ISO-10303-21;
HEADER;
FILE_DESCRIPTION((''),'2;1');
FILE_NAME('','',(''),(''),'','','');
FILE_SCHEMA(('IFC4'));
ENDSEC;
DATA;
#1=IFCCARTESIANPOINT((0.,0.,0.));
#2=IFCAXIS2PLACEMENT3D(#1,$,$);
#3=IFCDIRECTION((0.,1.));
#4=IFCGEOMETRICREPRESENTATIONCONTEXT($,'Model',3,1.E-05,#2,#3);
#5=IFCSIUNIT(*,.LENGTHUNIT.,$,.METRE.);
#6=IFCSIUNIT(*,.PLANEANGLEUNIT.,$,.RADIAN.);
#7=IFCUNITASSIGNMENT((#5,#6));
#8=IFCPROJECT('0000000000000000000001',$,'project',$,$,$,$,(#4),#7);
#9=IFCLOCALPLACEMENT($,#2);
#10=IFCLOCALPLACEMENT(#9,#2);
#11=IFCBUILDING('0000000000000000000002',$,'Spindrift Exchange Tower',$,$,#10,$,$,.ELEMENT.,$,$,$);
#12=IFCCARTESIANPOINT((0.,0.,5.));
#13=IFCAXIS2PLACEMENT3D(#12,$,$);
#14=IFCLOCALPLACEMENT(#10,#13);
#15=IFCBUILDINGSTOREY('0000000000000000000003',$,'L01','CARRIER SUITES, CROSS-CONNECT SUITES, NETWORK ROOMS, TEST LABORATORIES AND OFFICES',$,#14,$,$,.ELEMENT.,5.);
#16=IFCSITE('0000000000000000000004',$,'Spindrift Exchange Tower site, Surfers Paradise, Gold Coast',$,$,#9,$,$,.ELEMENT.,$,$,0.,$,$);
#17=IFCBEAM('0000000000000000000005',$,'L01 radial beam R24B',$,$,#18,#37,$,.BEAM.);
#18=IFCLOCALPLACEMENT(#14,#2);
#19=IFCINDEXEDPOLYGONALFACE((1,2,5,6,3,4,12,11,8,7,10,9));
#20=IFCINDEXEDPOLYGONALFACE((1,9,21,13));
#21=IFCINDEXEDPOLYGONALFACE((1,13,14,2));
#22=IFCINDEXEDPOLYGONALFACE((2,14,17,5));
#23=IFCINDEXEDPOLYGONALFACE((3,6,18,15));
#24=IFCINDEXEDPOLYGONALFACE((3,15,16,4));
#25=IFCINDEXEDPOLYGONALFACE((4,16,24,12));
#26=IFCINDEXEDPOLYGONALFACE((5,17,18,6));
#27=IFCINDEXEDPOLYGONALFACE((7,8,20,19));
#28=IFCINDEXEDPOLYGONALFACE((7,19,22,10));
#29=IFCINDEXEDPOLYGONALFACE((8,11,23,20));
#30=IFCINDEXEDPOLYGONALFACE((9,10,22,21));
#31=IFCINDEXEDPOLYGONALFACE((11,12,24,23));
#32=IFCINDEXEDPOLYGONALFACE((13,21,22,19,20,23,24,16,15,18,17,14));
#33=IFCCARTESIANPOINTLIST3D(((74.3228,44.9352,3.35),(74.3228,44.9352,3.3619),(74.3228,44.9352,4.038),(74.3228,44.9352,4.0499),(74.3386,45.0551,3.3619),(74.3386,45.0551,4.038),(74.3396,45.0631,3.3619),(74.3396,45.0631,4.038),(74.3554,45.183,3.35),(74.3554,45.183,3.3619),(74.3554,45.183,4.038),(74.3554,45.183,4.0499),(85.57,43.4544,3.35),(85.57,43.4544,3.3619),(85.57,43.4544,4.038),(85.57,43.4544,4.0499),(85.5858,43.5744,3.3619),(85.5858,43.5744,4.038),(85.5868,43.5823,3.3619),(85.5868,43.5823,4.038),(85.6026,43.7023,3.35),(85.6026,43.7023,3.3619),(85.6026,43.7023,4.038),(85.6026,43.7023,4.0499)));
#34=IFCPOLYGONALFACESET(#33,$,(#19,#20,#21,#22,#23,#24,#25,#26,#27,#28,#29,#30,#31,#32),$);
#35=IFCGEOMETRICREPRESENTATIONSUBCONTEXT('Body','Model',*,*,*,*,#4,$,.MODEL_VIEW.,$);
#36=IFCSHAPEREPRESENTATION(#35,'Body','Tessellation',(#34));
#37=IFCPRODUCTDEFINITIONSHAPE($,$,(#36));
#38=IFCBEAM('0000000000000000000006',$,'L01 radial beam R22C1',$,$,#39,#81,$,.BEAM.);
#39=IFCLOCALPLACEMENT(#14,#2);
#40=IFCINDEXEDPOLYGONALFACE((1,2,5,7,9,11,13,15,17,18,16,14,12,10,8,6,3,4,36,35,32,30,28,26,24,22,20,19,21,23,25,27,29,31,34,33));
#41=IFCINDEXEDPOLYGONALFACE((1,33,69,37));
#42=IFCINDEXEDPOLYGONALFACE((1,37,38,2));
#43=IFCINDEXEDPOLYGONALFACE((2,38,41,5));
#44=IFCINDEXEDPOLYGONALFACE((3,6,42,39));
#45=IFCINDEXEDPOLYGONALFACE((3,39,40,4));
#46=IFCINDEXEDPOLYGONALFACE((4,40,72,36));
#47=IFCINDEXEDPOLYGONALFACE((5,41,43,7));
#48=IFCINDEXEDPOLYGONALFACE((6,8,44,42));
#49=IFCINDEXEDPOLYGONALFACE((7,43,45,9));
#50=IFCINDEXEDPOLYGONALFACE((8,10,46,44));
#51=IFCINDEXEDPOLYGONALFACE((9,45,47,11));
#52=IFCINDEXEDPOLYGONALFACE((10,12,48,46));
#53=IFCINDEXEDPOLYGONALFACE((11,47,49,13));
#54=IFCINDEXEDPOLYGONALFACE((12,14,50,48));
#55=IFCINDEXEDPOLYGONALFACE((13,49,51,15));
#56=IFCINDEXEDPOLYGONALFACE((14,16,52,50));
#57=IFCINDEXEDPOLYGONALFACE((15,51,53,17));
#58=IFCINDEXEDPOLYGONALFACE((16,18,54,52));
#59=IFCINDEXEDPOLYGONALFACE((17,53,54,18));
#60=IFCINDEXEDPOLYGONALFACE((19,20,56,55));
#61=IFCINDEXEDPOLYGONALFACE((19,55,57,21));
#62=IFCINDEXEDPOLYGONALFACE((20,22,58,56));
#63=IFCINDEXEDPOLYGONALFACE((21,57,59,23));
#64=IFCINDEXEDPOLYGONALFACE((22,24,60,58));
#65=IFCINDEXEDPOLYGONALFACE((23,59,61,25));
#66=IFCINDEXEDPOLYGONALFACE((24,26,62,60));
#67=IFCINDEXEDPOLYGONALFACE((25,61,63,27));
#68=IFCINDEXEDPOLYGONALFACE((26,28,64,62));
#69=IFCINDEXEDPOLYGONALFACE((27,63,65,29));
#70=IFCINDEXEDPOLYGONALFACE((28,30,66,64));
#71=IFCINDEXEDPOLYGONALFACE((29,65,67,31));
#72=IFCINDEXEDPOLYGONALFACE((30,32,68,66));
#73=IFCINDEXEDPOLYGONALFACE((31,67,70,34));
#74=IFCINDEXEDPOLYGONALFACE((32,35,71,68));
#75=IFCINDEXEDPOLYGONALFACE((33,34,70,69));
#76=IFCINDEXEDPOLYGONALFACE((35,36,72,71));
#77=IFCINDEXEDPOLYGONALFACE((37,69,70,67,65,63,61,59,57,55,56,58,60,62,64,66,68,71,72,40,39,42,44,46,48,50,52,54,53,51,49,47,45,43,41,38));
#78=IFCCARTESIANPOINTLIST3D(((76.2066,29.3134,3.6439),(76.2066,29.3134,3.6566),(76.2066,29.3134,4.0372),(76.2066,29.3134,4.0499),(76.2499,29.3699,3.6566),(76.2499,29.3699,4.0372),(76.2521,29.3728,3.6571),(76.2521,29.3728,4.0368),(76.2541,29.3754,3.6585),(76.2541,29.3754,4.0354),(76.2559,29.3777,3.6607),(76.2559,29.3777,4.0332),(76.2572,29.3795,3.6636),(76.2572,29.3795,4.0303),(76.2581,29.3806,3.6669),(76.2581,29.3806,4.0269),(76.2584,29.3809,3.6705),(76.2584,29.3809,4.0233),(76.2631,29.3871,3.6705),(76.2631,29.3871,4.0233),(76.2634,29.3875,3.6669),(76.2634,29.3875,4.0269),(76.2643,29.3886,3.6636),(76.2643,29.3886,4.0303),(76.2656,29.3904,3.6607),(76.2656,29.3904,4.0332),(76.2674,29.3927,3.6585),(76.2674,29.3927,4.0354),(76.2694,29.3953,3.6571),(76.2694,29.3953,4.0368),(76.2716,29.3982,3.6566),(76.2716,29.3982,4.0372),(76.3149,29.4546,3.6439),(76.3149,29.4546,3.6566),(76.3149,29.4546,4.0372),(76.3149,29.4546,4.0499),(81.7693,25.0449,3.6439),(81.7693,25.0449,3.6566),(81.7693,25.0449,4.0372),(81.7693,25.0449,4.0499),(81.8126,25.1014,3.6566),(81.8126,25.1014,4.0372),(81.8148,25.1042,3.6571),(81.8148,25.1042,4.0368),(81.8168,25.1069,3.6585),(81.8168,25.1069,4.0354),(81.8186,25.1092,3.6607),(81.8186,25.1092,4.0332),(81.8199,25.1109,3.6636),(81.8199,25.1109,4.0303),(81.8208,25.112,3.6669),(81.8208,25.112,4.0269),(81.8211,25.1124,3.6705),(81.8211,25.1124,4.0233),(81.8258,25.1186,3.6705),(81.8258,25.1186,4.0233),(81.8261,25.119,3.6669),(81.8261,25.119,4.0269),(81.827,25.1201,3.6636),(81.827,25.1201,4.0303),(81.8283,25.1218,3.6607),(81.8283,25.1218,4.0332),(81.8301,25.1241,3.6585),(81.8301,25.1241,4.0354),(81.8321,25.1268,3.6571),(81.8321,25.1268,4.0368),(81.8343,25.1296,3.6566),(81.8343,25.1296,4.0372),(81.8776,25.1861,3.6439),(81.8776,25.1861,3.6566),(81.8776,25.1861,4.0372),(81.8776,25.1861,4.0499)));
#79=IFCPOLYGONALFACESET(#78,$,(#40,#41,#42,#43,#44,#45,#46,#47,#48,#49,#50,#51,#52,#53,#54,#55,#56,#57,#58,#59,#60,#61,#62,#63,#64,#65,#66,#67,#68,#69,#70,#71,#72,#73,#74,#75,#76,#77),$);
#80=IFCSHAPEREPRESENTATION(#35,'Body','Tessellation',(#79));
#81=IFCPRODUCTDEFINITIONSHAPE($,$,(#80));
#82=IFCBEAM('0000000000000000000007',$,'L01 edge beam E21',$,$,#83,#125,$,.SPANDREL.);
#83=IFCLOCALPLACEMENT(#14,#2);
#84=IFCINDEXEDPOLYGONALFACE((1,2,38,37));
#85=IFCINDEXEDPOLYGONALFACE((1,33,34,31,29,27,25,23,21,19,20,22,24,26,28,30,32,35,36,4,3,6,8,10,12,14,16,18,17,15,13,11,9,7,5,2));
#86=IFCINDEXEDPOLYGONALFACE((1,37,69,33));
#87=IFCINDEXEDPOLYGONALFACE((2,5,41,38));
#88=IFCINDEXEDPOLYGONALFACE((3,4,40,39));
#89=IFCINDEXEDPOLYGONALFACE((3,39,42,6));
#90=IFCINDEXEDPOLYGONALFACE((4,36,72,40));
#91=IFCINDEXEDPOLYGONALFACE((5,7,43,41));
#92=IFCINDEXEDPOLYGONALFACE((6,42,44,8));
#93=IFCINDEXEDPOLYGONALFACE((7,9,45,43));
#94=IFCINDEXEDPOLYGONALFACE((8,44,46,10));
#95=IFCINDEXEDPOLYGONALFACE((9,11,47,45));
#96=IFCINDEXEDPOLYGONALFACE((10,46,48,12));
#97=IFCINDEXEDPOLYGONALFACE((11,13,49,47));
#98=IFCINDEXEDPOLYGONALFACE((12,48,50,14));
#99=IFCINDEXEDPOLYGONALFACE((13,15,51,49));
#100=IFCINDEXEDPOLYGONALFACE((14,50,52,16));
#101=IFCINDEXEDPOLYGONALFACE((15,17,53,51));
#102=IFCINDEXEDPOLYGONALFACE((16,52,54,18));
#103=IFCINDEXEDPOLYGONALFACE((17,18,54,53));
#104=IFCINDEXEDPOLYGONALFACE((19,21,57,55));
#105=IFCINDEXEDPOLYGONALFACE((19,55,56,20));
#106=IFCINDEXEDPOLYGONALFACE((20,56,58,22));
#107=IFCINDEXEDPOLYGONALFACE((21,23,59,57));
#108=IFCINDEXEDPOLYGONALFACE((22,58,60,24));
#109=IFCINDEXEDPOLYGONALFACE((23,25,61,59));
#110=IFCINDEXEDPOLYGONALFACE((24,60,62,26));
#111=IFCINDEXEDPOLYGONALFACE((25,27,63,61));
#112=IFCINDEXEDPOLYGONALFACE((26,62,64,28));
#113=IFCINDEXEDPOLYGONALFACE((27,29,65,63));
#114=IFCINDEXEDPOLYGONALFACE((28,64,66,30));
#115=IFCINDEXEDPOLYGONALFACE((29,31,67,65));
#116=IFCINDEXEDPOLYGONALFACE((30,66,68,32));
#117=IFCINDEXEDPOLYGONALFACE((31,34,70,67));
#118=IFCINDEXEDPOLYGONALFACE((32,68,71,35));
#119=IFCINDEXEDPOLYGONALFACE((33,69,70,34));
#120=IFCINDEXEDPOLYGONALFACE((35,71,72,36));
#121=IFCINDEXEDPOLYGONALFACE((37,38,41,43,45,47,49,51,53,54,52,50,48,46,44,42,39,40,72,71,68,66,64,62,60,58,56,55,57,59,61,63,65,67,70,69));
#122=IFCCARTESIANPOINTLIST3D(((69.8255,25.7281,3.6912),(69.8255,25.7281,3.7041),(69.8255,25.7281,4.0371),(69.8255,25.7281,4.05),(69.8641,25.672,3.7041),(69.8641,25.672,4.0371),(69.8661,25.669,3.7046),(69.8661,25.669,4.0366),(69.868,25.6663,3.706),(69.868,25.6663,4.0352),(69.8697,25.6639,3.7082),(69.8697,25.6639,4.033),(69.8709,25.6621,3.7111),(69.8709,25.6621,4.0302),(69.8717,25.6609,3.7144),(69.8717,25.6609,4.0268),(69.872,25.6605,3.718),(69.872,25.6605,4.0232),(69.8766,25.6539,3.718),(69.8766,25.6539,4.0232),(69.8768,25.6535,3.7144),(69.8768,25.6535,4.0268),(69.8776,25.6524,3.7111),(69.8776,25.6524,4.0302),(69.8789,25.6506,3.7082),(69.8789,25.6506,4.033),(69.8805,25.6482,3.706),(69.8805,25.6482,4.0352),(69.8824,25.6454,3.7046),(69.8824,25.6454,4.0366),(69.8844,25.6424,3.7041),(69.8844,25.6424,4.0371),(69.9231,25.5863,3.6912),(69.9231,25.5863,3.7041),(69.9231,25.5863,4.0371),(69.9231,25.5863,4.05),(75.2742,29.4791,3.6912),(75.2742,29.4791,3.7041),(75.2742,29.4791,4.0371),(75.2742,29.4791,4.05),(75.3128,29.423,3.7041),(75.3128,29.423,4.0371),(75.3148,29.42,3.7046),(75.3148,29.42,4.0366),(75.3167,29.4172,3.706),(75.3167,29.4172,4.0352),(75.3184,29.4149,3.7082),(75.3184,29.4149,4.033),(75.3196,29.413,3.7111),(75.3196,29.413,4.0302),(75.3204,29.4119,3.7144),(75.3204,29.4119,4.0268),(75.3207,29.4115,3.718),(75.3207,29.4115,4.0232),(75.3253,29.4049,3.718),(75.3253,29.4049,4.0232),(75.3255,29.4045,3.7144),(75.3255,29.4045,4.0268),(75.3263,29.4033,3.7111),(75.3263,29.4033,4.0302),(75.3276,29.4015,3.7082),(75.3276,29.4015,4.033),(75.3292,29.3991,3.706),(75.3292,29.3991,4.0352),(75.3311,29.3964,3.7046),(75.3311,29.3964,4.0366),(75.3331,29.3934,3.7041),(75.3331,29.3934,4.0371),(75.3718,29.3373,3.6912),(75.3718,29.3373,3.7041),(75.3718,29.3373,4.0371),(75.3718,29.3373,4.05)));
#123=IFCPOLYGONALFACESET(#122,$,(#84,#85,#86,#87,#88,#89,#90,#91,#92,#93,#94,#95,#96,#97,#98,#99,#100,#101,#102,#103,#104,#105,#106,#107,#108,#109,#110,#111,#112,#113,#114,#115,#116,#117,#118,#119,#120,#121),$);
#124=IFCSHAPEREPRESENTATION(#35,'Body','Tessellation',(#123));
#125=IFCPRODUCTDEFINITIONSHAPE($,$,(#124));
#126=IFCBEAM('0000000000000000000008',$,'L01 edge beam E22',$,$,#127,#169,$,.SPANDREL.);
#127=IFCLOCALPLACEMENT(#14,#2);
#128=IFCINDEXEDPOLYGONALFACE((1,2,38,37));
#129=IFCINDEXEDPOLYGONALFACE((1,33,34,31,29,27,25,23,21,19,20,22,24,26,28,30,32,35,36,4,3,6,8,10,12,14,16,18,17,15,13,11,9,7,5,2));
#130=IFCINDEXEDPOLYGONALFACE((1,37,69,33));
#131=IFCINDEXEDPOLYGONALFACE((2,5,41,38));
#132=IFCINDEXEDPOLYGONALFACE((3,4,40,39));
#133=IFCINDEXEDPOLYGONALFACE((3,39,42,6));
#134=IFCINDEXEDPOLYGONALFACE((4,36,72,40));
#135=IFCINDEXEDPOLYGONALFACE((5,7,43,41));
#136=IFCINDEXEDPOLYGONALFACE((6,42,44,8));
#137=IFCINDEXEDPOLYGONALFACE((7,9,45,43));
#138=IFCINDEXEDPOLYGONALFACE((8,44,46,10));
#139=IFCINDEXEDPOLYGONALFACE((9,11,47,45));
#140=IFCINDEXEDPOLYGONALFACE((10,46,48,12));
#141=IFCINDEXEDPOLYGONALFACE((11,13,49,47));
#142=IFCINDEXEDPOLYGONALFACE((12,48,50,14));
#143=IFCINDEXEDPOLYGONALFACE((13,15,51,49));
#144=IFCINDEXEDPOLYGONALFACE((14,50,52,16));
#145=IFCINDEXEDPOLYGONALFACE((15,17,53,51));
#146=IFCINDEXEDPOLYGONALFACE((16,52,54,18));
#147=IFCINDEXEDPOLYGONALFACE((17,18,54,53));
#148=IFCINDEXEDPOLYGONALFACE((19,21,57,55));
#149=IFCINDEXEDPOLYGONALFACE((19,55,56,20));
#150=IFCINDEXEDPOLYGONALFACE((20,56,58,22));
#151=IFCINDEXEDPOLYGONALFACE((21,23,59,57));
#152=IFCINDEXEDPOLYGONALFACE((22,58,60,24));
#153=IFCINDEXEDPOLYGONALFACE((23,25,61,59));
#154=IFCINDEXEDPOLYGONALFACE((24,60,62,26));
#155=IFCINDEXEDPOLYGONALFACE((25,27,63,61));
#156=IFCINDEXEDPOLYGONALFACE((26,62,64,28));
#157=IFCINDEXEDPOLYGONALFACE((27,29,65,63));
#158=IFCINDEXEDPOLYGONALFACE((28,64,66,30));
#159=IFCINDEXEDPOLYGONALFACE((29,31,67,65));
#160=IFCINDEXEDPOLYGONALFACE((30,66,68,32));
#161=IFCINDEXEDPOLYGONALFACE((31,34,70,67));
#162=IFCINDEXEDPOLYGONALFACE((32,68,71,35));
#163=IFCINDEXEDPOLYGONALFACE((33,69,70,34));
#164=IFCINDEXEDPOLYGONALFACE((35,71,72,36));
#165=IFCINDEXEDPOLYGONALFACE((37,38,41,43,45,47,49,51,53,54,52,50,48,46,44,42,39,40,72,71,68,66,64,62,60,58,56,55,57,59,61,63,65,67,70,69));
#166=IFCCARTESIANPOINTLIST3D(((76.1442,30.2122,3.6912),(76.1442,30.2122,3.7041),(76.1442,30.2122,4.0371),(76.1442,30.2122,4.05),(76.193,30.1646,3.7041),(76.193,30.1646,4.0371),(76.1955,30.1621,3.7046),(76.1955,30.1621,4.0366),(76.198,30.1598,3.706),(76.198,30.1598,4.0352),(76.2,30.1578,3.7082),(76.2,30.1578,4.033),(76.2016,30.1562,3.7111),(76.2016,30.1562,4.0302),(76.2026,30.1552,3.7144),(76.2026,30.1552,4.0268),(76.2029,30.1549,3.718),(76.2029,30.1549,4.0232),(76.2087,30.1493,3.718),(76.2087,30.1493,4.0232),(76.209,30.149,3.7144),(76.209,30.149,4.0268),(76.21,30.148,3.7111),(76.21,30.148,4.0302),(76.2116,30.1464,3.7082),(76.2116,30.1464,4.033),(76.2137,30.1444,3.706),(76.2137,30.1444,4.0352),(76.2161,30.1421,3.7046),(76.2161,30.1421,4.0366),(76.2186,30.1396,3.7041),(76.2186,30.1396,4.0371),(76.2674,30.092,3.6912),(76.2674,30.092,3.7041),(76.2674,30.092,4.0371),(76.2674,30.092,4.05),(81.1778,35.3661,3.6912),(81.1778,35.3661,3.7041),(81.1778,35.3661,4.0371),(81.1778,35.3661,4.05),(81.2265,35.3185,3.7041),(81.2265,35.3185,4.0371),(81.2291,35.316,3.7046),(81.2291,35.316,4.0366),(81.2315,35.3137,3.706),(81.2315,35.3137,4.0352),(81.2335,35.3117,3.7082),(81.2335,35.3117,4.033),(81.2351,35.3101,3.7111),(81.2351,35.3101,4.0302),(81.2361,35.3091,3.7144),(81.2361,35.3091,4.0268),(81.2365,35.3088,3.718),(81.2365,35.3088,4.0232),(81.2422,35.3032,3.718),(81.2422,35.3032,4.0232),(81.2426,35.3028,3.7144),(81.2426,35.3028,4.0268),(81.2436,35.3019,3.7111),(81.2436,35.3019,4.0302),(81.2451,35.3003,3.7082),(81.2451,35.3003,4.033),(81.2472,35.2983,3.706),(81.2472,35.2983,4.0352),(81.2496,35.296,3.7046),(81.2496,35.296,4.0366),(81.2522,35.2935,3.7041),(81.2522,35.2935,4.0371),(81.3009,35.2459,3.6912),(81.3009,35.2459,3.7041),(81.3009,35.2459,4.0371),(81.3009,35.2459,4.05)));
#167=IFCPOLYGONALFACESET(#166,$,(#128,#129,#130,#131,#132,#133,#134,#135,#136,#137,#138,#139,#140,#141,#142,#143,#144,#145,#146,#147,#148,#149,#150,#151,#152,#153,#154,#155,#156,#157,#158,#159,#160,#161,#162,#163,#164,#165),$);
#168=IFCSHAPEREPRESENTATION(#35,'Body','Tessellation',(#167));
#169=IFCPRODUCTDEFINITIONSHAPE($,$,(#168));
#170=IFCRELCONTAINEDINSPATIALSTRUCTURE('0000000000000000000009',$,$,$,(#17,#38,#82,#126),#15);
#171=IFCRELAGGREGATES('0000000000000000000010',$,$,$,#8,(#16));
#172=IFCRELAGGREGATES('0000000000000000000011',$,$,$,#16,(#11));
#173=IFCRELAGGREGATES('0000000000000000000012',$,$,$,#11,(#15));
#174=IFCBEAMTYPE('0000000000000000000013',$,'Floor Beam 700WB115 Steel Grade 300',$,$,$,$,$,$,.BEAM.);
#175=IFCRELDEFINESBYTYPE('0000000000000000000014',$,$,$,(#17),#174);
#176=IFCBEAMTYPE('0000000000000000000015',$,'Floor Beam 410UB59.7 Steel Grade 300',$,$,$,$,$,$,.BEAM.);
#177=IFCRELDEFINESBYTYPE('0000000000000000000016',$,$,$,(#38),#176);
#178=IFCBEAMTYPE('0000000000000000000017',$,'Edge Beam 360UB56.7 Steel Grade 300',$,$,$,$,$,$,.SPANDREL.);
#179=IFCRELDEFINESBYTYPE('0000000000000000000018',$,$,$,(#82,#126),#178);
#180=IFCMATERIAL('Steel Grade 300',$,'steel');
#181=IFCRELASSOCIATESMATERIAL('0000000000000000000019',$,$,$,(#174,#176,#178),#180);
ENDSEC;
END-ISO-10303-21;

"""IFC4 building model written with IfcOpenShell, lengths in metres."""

from ifc_helpers import new_model, si_unit, direction, frame, origin, origin_2d, place, context, subcontext, project, spatial, i_section, extrude, source, transform, mapped, material, material_profile, profile_set, type_object, element, save


model = new_model("IFC4")

# Units and contexts
model_context = context("Model", 3, precision=1e-05, world=origin(), true_north=direction((0.0, 1.0)))
body_context = subcontext(model_context, "Body", "Model", "MODEL_VIEW")
ifc_project = project(units=[si_unit("LENGTHUNIT", "METRE"), si_unit("PLANEANGLEUNIT", "RADIAN")], contexts=[model_context])

# Site, building, storey
site_placement = place(None, origin())
site = spatial("IfcSite", under=ifc_project, at=site_placement, Name="Spindrift Exchange Tower site, Surfers Paradise, Gold Coast", CompositionType="ELEMENT", RefElevation=0.0)
building_placement = place(site_placement, origin())
building = spatial("IfcBuilding", under=site, at=building_placement, Name="Spindrift Exchange Tower", CompositionType="ELEMENT")
storey_placement = place(building_placement, frame((0.0, 0.0, 5.0)))
storey = spatial("IfcBuildingStorey", under=building, at=storey_placement, Name="L01", Description="CARRIER SUITES, CROSS-CONNECT SUITES, NETWORK ROOMS, TEST LABORATORIES AND OFFICES", CompositionType="ELEMENT", Elevation=5.0)

# Beams
ifc_material_1 = material(Name="Steel Grade 300", Category="steel")
ifc_material_profile_1 = material_profile(ifc_material_1, i_section(OverallWidth=0.25, OverallDepth=0.7, WebThickness=0.0081, FlangeThickness=0.012, at=origin_2d()), Name="700WB115")
ifc_profile_set_1 = profile_set([ifc_material_profile_1], Name="Steel Grade 300")
beam_type_1 = type_object("IfcBeamType", Name="Floor Beam 700WB115 Steel Grade 300", PredefinedType="BEAM", material=ifc_profile_set_1)
shared_shape_1 = source(origin(), body_context, "Body", "SweptSolid", [
    extrude(i_section(OverallWidth=0.25, OverallDepth=0.7, WebThickness=0.0081, FlangeThickness=0.012, at=origin_2d()), origin(), (0.0, 0.0, 1.0), 11.3442),
])
beam_1_placement = place(storey_placement, frame((74.3391, 45.0591, 3.7), z_axis=(0.991445, -0.130527, 0.0), x_axis=(0.130527, 0.991445, 0.0)))
element("IfcBeam", 1, at=beam_1_placement, inside=storey, type_object=beam_type_1, Name="L01 radial beam R24B", PredefinedType="BEAM", context=body_context, shape_type="MappedRepresentation", body=[
    mapped(shared_shape_1, transform((0.0, 0.0, 0.0), scale=1.0)),
])
ifc_material_profile_2 = material_profile(ifc_material_1, i_section(OverallWidth=0.178, OverallDepth=0.406, WebThickness=0.0078, FlangeThickness=0.0127, FilletRadius=0.0139, at=origin_2d()), Name="410UB59.7")
ifc_profile_set_2 = profile_set([ifc_material_profile_2], Name="Steel Grade 300")
beam_type_2 = type_object("IfcBeamType", Name="Floor Beam 410UB59.7 Steel Grade 300", PredefinedType="BEAM", material=ifc_profile_set_2)
shared_shape_2 = source(origin(), body_context, "Body", "SweptSolid", [
    extrude(i_section(OverallWidth=0.178, OverallDepth=0.406, WebThickness=0.0078, FlangeThickness=0.0127, FilletRadius=0.0139, at=origin_2d()), origin(), (0.0, 0.0, 1.0), 7.0117),
])
beam_2_placement = place(storey_placement, frame((76.2607, 29.384, 3.8469), z_axis=(0.793346, -0.608771, 0.0), x_axis=(0.608771, 0.793346, 0.0)))
element("IfcBeam", 2, at=beam_2_placement, inside=storey, type_object=beam_type_2, Name="L01 radial beam R22C1", PredefinedType="BEAM", context=body_context, shape_type="MappedRepresentation", body=[
    mapped(shared_shape_2, transform((0.0, 0.0, 0.0), scale=1.0)),
])
ifc_material_profile_3 = material_profile(ifc_material_1, i_section(OverallWidth=0.1721, OverallDepth=0.3589, WebThickness=0.0081, FlangeThickness=0.0129, FilletRadius=0.0139, at=origin_2d()), Name="360UB56.7")
ifc_profile_set_3 = profile_set([ifc_material_profile_3], Name="Steel Grade 300")
beam_type_3 = type_object("IfcBeamType", Name="Edge Beam 360UB56.7 Steel Grade 300", PredefinedType="SPANDREL", material=ifc_profile_set_3)
shared_shape_3 = source(origin(), body_context, "Body", "SweptSolid", [
    extrude(i_section(OverallWidth=0.1721, OverallDepth=0.3589, WebThickness=0.0081, FlangeThickness=0.0129, FilletRadius=0.0139, at=origin_2d()), origin(), (0.0, 0.0, 1.0), 6.615),
])
beam_3_placement = place(storey_placement, frame((69.8743, 25.6572, 3.8706), z_axis=(0.823691, 0.567039, 0.0), x_axis=(-0.567039, 0.823691, 0.0)))
element("IfcBeam", 3, at=beam_3_placement, inside=storey, type_object=beam_type_3, Name="L01 edge beam E21", PredefinedType="SPANDREL", context=body_context, shape_type="MappedRepresentation", body=[
    mapped(shared_shape_3, transform((0.0, 0.0, 0.0), scale=1.0)),
])
shared_shape_4 = source(origin(), body_context, "Body", "SweptSolid", [
    extrude(i_section(OverallWidth=0.1721, OverallDepth=0.3589, WebThickness=0.0081, FlangeThickness=0.0129, FilletRadius=0.0139, at=origin_2d()), origin(), (0.0, 0.0, 1.0), 7.2041),
])
beam_4_placement = place(storey_placement, frame((76.2058, 30.1521, 3.8706), z_axis=(0.698704, 0.715411, 0.0), x_axis=(-0.715411, 0.698704, 0.0)))
element("IfcBeam", 4, at=beam_4_placement, inside=storey, type_object=beam_type_3, Name="L01 edge beam E22", PredefinedType="SPANDREL", context=body_context, shape_type="MappedRepresentation", body=[
    mapped(shared_shape_4, transform((0.0, 0.0, 0.0), scale=1.0)),
])

save(model, "model.ifc")
